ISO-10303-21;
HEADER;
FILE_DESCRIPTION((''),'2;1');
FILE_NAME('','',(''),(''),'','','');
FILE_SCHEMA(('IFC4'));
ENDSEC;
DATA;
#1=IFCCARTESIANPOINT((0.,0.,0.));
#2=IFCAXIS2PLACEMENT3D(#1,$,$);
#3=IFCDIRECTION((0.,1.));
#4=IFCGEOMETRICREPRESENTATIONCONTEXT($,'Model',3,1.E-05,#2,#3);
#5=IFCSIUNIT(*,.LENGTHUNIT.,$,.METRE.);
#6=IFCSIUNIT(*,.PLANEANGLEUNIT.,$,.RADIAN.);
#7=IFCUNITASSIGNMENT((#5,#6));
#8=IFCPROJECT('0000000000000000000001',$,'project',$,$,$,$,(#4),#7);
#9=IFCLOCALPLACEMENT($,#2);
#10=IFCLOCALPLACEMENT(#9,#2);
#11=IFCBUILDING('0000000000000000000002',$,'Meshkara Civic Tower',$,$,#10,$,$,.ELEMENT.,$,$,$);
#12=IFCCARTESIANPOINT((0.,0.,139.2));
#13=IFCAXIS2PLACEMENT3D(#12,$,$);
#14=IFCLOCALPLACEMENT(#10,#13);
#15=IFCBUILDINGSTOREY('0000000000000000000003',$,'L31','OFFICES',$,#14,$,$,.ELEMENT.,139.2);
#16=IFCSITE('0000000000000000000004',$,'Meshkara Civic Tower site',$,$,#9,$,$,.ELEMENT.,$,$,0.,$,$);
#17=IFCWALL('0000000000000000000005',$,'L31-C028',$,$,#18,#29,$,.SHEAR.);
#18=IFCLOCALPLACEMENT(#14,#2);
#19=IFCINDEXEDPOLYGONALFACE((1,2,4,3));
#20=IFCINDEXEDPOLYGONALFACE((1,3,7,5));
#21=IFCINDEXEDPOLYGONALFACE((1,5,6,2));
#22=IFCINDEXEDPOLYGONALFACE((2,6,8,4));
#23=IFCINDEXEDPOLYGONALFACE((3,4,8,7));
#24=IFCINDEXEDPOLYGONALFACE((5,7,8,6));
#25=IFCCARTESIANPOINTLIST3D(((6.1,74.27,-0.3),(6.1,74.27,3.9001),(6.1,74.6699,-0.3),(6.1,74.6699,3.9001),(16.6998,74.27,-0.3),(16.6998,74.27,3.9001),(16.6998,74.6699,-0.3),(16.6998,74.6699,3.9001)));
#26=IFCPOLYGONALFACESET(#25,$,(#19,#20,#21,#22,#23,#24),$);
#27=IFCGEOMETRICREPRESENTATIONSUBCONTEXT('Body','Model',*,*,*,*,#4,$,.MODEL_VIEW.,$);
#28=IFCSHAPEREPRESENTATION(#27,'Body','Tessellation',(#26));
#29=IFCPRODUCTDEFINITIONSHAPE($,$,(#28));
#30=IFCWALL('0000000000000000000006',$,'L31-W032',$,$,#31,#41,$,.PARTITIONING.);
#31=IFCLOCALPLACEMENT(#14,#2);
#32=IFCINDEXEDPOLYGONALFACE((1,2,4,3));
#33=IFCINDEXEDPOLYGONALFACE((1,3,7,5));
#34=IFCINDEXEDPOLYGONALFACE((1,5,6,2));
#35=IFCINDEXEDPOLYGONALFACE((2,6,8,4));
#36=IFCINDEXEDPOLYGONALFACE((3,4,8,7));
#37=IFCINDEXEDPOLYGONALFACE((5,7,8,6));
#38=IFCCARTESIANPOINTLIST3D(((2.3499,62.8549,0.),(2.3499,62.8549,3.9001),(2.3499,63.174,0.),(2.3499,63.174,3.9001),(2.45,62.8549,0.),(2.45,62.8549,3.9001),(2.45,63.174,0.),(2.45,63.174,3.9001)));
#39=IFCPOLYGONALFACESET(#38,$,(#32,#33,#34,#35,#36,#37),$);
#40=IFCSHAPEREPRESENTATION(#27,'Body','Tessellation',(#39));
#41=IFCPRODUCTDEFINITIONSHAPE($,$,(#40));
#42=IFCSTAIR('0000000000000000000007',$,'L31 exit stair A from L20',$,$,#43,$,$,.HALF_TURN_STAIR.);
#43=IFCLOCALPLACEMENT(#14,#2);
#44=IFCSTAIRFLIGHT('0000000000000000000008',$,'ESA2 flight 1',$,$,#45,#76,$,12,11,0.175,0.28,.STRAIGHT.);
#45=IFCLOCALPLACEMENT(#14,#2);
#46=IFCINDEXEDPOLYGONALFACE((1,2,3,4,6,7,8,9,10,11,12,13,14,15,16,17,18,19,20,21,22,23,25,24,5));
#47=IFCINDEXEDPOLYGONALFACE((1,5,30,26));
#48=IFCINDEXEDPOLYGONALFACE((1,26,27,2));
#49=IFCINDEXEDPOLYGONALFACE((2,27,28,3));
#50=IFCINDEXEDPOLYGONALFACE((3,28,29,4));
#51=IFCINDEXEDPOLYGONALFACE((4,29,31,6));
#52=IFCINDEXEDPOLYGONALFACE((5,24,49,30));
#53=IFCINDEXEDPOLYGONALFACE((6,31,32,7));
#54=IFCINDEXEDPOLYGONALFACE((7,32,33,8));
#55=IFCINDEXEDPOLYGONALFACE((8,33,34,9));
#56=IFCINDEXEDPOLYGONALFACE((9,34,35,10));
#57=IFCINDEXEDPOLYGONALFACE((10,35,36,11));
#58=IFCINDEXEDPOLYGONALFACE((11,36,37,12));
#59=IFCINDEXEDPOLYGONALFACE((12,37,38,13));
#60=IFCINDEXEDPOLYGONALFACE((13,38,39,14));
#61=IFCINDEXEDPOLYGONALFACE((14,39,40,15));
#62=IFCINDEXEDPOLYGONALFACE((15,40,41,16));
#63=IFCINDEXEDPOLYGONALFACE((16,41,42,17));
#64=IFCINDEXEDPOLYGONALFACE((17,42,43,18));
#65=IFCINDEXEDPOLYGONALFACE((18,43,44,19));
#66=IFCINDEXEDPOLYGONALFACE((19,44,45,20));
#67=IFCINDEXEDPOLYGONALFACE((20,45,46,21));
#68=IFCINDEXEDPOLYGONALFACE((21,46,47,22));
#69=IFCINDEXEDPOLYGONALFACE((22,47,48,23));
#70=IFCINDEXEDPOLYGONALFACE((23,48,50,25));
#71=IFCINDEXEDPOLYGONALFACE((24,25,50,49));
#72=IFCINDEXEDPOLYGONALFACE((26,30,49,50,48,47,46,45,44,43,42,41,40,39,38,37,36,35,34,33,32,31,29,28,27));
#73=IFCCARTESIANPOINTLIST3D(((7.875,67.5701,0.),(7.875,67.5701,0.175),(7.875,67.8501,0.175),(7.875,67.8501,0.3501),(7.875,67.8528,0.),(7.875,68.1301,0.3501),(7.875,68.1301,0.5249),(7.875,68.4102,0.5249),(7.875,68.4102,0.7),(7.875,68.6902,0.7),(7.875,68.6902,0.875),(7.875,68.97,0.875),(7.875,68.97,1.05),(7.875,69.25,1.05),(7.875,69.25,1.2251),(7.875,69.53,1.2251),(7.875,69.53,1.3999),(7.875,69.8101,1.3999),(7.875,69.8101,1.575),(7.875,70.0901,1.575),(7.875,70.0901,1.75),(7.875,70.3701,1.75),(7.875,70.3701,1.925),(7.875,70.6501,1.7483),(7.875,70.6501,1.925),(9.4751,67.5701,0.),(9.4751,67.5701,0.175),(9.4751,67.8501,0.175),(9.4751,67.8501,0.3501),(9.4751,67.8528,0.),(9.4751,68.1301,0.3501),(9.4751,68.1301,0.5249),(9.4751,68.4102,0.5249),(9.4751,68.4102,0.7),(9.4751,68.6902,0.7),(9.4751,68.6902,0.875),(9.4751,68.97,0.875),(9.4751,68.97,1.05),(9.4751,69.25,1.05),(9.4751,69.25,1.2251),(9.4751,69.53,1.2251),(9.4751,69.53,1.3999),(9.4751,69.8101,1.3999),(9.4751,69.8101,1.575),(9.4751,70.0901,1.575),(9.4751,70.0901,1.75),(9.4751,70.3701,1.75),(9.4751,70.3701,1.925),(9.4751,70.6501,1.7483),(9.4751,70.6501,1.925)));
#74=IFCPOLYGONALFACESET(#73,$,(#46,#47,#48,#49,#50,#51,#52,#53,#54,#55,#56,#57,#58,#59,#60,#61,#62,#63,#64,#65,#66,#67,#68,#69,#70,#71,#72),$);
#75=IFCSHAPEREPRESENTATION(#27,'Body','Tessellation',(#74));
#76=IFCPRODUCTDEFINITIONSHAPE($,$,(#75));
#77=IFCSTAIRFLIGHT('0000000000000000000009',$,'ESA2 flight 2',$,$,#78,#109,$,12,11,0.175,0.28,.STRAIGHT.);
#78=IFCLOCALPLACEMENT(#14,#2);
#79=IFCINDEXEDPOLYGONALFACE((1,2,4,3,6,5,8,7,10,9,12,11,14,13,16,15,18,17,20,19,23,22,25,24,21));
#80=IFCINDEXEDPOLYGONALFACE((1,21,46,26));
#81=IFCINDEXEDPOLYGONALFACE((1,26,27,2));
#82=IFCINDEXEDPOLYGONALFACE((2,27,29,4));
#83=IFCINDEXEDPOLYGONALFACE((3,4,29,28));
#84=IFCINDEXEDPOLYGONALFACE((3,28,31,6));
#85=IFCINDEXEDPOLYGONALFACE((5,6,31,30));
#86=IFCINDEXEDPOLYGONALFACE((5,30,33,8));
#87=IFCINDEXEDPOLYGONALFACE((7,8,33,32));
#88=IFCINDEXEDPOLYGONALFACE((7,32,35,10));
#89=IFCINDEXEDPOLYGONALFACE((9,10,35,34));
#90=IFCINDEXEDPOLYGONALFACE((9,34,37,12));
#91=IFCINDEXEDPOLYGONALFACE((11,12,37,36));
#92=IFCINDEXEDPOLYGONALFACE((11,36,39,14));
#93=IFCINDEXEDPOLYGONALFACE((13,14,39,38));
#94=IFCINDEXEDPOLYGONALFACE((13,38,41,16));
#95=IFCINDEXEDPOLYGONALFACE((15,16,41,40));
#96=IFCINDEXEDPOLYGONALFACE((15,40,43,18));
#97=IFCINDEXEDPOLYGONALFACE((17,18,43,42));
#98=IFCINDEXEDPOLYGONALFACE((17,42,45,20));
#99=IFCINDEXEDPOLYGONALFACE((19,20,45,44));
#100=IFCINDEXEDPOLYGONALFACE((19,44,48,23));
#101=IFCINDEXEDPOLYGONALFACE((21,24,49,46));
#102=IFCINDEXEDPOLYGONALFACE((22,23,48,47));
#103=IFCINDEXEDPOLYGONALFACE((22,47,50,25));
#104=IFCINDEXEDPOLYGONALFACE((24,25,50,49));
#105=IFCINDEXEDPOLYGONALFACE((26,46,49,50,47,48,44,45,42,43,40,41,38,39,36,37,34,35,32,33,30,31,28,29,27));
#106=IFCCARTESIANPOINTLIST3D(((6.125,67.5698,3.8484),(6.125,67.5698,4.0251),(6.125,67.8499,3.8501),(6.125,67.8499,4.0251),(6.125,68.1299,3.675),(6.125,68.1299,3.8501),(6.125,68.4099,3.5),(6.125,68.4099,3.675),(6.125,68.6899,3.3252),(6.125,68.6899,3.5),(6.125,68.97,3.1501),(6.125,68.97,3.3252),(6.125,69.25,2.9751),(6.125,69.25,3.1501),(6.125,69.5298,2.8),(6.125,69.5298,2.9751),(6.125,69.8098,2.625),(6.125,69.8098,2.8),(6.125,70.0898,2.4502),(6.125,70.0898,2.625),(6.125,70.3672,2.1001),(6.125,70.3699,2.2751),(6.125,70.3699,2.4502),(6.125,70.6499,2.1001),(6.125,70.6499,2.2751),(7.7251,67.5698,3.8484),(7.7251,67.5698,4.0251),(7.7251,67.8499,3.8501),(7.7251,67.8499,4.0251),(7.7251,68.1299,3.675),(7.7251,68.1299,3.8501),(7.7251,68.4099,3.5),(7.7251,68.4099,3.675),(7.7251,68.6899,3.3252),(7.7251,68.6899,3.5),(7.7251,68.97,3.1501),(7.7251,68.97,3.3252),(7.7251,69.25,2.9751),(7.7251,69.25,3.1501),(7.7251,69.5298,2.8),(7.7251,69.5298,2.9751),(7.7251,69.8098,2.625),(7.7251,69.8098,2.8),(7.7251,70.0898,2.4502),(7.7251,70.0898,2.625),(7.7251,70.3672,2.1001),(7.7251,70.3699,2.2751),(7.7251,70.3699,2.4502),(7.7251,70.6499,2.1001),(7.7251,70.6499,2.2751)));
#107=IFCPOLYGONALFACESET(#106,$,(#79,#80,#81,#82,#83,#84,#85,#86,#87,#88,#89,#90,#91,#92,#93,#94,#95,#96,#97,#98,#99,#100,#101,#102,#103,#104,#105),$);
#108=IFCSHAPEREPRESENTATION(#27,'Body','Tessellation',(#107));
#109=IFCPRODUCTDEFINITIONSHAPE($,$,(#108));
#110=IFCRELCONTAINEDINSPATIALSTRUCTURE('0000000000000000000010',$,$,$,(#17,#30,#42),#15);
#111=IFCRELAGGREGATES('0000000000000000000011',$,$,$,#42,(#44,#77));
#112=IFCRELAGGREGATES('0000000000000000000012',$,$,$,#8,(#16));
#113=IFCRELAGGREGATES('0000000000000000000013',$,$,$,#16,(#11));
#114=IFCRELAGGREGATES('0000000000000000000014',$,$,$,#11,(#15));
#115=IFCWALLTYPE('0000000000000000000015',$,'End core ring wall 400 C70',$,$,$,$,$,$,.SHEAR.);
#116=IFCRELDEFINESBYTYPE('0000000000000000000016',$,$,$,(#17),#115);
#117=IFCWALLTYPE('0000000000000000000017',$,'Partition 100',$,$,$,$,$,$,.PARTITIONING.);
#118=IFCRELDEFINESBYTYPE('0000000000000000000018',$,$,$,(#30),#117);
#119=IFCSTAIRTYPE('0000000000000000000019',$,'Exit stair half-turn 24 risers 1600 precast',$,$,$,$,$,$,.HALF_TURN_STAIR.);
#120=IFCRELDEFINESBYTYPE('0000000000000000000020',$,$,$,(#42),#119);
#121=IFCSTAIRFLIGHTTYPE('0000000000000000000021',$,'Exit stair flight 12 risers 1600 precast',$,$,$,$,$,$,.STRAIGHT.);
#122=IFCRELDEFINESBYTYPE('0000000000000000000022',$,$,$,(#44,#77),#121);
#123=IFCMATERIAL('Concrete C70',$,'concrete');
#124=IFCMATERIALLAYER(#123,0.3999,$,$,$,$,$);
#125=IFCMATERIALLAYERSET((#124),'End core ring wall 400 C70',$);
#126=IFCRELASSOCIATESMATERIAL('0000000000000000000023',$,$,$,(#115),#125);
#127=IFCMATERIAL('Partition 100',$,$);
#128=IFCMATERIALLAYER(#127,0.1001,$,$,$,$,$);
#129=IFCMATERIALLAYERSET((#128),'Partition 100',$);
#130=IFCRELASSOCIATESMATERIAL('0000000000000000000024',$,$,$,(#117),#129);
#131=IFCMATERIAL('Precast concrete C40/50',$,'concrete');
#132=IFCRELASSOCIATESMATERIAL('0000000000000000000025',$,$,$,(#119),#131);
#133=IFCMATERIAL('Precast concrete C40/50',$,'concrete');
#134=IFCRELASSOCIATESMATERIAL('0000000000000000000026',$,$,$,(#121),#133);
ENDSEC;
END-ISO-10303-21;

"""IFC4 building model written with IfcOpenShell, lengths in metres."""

from ifc_helpers import new_model, si_unit, direction, frame, frame_2d, origin, place, context, subcontext, project, spatial, polyline, rectangle, outline, extrude, material, layer, layer_set, type_object, element, aggregate, save


model = new_model("IFC4")

# Units and contexts
model_context = context("Model", 3, precision=1e-05, world=origin(), true_north=direction((0.0, 1.0)))
body_context = subcontext(model_context, "Body", "Model", "MODEL_VIEW")
ifc_project = project(units=[si_unit("LENGTHUNIT", "METRE"), si_unit("PLANEANGLEUNIT", "RADIAN")], contexts=[model_context])

# Site, building, storey
site_placement = place(None, origin())
site = spatial("IfcSite", under=ifc_project, at=site_placement, Name="Meshkara Civic Tower site", CompositionType="ELEMENT", RefElevation=0.0)
building_placement = place(site_placement, origin())
building = spatial("IfcBuilding", under=site, at=building_placement, Name="Meshkara Civic Tower", CompositionType="ELEMENT")
storey_placement = place(building_placement, frame((0.0, 0.0, 139.2)))
storey = spatial("IfcBuildingStorey", under=building, at=storey_placement, Name="L31", Description="OFFICES", CompositionType="ELEMENT", Elevation=139.2)

# Shared definitions
ifc_material_1 = material(Name="Concrete C70", Category="concrete")
ifc_layer_1 = layer(ifc_material_1, 0.3999)
ifc_layer_set_1 = layer_set([ifc_layer_1], Name="End core ring wall 400 C70")
wall_type_1 = type_object("IfcWallType", Name="End core ring wall 400 C70", PredefinedType="SHEAR", material=ifc_layer_set_1)

# Walls
wall_1_placement = place(storey_placement, frame((6.1001, 74.47, -0.3), z_axis=(0.0, 0.0, 1.0), x_axis=(1.0, 0.0, 0.0)))
element("IfcWall", 1, at=wall_1_placement, inside=storey, type_object=wall_type_1, Name="L31-C028", PredefinedType="SHEAR", context=body_context, shape_type="SweptSolid", body=[
    extrude(rectangle(XDim=10.5999, YDim=0.3999, at=frame_2d((5.2998, 0.0))), origin(), (0.0, 0.0, 1.0), 4.2002),
])
ifc_material_2 = material(Name="Partition 100")
ifc_layer_2 = layer(ifc_material_2, 0.1001)
ifc_layer_set_2 = layer_set([ifc_layer_2], Name="Partition 100")
wall_type_2 = type_object("IfcWallType", Name="Partition 100", PredefinedType="PARTITIONING", material=ifc_layer_set_2)
wall_2_placement = place(storey_placement, frame((2.3999, 63.1741, 0.0), z_axis=(0.0, 0.0, 1.0), x_axis=(0.0, -1.0, 0.0)))
element("IfcWall", 2, at=wall_2_placement, inside=storey, type_object=wall_type_2, Name="L31-W032", PredefinedType="PARTITIONING", context=body_context, shape_type="SweptSolid", body=[
    extrude(rectangle(XDim=0.3191, YDim=0.1001, at=frame_2d((0.1597, 0.0))), origin(), (0.0, 0.0, 1.0), 3.9001),
])

# Stair, stair flights
ifc_material_3 = material(Name="Precast concrete C40/50", Category="concrete")
stair_type = type_object("IfcStairType", Name="Exit stair half-turn 24 risers 1600 precast", PredefinedType="HALF_TURN_STAIR", material=ifc_material_3)
stair_placement = place(storey_placement, origin())
stair = element("IfcStair", 3, at=stair_placement, inside=storey, type_object=stair_type, Name="L31 exit stair A from L20", PredefinedType="HALF_TURN_STAIR")
ifc_material_4 = material(Name="Precast concrete C40/50", Category="concrete")
stair_flight_type = type_object("IfcStairFlightType", Name="Exit stair flight 12 risers 1600 precast", PredefinedType="STRAIGHT", material=ifc_material_4)
stair_flight_1_placement = place(storey_placement, frame((8.675, 67.5701, 0.0), z_axis=(0.0, 0.0, 1.0), x_axis=(0.0, 1.0, 0.0)))
stair_flight_1 = element("IfcStairFlight", 4, at=stair_flight_1_placement, type_object=stair_flight_type, Name="ESA2 flight 1", NumberOfRisers=12, NumberOfTreads=11, PredefinedType="STRAIGHT", RiserHeight=0.175, TreadLength=0.28, context=body_context, shape_type="SweptSolid", body=[
    extrude(outline(polyline([(0.0, 0.0), (0.0, 0.175), (0.28, 0.175), (0.28, 0.3501), (0.5601, 0.3501), (0.5601, 0.5249), (0.8401, 0.5249), (0.8401, 0.7), (1.1201, 0.7), (1.1201, 0.875), (1.3999, 0.875), (1.3999, 1.05), (1.6799, 1.05), (1.6799, 1.2251), (1.96, 1.2251), (1.96, 1.3999), (2.24, 1.3999), (2.24, 1.575), (2.52, 1.575), (2.52, 1.75), (2.8, 1.75), (2.8, 1.925), (3.0801, 1.925), (3.0801, 2.1001), (3.0801, 1.7483), (0.2827, 0.0), (0.0, 0.0)])), frame((0.0, 0.8, 0.0), z_axis=(0.0, -1.0, 0.0), x_axis=(1.0, 0.0, 0.0)), (0.0, 0.0, 1.0), 1.6001),
])
stair_flight_2_placement = place(storey_placement, frame((6.925, 70.6499, 2.1001), z_axis=(0.0, 0.0, 1.0), x_axis=(0.0, -1.0, 0.0)))
stair_flight_2 = element("IfcStairFlight", 5, at=stair_flight_2_placement, type_object=stair_flight_type, Name="ESA2 flight 2", NumberOfRisers=12, NumberOfTreads=11, PredefinedType="STRAIGHT", RiserHeight=0.175, TreadLength=0.28, context=body_context, shape_type="SweptSolid", body=[
    extrude(outline(polyline([(0.0, 0.0), (0.0, 0.175), (0.28, 0.175), (0.28, 0.3501), (0.5601, 0.3501), (0.5601, 0.5249), (0.8401, 0.5249), (0.8401, 0.7), (1.1201, 0.7), (1.1201, 0.875), (1.3999, 0.875), (1.3999, 1.05), (1.6799, 1.05), (1.6799, 1.2251), (1.96, 1.2251), (1.96, 1.3999), (2.24, 1.3999), (2.24, 1.575), (2.52, 1.575), (2.52, 1.75), (2.8, 1.75), (2.8, 1.925), (3.0801, 1.925), (3.0801, 2.1001), (3.0801, 1.7483), (0.2827, 0.0), (0.0, 0.0)])), frame((0.0, 0.8, 0.0), z_axis=(0.0, -1.0, 0.0), x_axis=(1.0, 0.0, 0.0)), (0.0, 0.0, 1.0), 1.6001),
])
aggregate(stair, [stair_flight_1, stair_flight_2])

save(model, "model.ifc")
